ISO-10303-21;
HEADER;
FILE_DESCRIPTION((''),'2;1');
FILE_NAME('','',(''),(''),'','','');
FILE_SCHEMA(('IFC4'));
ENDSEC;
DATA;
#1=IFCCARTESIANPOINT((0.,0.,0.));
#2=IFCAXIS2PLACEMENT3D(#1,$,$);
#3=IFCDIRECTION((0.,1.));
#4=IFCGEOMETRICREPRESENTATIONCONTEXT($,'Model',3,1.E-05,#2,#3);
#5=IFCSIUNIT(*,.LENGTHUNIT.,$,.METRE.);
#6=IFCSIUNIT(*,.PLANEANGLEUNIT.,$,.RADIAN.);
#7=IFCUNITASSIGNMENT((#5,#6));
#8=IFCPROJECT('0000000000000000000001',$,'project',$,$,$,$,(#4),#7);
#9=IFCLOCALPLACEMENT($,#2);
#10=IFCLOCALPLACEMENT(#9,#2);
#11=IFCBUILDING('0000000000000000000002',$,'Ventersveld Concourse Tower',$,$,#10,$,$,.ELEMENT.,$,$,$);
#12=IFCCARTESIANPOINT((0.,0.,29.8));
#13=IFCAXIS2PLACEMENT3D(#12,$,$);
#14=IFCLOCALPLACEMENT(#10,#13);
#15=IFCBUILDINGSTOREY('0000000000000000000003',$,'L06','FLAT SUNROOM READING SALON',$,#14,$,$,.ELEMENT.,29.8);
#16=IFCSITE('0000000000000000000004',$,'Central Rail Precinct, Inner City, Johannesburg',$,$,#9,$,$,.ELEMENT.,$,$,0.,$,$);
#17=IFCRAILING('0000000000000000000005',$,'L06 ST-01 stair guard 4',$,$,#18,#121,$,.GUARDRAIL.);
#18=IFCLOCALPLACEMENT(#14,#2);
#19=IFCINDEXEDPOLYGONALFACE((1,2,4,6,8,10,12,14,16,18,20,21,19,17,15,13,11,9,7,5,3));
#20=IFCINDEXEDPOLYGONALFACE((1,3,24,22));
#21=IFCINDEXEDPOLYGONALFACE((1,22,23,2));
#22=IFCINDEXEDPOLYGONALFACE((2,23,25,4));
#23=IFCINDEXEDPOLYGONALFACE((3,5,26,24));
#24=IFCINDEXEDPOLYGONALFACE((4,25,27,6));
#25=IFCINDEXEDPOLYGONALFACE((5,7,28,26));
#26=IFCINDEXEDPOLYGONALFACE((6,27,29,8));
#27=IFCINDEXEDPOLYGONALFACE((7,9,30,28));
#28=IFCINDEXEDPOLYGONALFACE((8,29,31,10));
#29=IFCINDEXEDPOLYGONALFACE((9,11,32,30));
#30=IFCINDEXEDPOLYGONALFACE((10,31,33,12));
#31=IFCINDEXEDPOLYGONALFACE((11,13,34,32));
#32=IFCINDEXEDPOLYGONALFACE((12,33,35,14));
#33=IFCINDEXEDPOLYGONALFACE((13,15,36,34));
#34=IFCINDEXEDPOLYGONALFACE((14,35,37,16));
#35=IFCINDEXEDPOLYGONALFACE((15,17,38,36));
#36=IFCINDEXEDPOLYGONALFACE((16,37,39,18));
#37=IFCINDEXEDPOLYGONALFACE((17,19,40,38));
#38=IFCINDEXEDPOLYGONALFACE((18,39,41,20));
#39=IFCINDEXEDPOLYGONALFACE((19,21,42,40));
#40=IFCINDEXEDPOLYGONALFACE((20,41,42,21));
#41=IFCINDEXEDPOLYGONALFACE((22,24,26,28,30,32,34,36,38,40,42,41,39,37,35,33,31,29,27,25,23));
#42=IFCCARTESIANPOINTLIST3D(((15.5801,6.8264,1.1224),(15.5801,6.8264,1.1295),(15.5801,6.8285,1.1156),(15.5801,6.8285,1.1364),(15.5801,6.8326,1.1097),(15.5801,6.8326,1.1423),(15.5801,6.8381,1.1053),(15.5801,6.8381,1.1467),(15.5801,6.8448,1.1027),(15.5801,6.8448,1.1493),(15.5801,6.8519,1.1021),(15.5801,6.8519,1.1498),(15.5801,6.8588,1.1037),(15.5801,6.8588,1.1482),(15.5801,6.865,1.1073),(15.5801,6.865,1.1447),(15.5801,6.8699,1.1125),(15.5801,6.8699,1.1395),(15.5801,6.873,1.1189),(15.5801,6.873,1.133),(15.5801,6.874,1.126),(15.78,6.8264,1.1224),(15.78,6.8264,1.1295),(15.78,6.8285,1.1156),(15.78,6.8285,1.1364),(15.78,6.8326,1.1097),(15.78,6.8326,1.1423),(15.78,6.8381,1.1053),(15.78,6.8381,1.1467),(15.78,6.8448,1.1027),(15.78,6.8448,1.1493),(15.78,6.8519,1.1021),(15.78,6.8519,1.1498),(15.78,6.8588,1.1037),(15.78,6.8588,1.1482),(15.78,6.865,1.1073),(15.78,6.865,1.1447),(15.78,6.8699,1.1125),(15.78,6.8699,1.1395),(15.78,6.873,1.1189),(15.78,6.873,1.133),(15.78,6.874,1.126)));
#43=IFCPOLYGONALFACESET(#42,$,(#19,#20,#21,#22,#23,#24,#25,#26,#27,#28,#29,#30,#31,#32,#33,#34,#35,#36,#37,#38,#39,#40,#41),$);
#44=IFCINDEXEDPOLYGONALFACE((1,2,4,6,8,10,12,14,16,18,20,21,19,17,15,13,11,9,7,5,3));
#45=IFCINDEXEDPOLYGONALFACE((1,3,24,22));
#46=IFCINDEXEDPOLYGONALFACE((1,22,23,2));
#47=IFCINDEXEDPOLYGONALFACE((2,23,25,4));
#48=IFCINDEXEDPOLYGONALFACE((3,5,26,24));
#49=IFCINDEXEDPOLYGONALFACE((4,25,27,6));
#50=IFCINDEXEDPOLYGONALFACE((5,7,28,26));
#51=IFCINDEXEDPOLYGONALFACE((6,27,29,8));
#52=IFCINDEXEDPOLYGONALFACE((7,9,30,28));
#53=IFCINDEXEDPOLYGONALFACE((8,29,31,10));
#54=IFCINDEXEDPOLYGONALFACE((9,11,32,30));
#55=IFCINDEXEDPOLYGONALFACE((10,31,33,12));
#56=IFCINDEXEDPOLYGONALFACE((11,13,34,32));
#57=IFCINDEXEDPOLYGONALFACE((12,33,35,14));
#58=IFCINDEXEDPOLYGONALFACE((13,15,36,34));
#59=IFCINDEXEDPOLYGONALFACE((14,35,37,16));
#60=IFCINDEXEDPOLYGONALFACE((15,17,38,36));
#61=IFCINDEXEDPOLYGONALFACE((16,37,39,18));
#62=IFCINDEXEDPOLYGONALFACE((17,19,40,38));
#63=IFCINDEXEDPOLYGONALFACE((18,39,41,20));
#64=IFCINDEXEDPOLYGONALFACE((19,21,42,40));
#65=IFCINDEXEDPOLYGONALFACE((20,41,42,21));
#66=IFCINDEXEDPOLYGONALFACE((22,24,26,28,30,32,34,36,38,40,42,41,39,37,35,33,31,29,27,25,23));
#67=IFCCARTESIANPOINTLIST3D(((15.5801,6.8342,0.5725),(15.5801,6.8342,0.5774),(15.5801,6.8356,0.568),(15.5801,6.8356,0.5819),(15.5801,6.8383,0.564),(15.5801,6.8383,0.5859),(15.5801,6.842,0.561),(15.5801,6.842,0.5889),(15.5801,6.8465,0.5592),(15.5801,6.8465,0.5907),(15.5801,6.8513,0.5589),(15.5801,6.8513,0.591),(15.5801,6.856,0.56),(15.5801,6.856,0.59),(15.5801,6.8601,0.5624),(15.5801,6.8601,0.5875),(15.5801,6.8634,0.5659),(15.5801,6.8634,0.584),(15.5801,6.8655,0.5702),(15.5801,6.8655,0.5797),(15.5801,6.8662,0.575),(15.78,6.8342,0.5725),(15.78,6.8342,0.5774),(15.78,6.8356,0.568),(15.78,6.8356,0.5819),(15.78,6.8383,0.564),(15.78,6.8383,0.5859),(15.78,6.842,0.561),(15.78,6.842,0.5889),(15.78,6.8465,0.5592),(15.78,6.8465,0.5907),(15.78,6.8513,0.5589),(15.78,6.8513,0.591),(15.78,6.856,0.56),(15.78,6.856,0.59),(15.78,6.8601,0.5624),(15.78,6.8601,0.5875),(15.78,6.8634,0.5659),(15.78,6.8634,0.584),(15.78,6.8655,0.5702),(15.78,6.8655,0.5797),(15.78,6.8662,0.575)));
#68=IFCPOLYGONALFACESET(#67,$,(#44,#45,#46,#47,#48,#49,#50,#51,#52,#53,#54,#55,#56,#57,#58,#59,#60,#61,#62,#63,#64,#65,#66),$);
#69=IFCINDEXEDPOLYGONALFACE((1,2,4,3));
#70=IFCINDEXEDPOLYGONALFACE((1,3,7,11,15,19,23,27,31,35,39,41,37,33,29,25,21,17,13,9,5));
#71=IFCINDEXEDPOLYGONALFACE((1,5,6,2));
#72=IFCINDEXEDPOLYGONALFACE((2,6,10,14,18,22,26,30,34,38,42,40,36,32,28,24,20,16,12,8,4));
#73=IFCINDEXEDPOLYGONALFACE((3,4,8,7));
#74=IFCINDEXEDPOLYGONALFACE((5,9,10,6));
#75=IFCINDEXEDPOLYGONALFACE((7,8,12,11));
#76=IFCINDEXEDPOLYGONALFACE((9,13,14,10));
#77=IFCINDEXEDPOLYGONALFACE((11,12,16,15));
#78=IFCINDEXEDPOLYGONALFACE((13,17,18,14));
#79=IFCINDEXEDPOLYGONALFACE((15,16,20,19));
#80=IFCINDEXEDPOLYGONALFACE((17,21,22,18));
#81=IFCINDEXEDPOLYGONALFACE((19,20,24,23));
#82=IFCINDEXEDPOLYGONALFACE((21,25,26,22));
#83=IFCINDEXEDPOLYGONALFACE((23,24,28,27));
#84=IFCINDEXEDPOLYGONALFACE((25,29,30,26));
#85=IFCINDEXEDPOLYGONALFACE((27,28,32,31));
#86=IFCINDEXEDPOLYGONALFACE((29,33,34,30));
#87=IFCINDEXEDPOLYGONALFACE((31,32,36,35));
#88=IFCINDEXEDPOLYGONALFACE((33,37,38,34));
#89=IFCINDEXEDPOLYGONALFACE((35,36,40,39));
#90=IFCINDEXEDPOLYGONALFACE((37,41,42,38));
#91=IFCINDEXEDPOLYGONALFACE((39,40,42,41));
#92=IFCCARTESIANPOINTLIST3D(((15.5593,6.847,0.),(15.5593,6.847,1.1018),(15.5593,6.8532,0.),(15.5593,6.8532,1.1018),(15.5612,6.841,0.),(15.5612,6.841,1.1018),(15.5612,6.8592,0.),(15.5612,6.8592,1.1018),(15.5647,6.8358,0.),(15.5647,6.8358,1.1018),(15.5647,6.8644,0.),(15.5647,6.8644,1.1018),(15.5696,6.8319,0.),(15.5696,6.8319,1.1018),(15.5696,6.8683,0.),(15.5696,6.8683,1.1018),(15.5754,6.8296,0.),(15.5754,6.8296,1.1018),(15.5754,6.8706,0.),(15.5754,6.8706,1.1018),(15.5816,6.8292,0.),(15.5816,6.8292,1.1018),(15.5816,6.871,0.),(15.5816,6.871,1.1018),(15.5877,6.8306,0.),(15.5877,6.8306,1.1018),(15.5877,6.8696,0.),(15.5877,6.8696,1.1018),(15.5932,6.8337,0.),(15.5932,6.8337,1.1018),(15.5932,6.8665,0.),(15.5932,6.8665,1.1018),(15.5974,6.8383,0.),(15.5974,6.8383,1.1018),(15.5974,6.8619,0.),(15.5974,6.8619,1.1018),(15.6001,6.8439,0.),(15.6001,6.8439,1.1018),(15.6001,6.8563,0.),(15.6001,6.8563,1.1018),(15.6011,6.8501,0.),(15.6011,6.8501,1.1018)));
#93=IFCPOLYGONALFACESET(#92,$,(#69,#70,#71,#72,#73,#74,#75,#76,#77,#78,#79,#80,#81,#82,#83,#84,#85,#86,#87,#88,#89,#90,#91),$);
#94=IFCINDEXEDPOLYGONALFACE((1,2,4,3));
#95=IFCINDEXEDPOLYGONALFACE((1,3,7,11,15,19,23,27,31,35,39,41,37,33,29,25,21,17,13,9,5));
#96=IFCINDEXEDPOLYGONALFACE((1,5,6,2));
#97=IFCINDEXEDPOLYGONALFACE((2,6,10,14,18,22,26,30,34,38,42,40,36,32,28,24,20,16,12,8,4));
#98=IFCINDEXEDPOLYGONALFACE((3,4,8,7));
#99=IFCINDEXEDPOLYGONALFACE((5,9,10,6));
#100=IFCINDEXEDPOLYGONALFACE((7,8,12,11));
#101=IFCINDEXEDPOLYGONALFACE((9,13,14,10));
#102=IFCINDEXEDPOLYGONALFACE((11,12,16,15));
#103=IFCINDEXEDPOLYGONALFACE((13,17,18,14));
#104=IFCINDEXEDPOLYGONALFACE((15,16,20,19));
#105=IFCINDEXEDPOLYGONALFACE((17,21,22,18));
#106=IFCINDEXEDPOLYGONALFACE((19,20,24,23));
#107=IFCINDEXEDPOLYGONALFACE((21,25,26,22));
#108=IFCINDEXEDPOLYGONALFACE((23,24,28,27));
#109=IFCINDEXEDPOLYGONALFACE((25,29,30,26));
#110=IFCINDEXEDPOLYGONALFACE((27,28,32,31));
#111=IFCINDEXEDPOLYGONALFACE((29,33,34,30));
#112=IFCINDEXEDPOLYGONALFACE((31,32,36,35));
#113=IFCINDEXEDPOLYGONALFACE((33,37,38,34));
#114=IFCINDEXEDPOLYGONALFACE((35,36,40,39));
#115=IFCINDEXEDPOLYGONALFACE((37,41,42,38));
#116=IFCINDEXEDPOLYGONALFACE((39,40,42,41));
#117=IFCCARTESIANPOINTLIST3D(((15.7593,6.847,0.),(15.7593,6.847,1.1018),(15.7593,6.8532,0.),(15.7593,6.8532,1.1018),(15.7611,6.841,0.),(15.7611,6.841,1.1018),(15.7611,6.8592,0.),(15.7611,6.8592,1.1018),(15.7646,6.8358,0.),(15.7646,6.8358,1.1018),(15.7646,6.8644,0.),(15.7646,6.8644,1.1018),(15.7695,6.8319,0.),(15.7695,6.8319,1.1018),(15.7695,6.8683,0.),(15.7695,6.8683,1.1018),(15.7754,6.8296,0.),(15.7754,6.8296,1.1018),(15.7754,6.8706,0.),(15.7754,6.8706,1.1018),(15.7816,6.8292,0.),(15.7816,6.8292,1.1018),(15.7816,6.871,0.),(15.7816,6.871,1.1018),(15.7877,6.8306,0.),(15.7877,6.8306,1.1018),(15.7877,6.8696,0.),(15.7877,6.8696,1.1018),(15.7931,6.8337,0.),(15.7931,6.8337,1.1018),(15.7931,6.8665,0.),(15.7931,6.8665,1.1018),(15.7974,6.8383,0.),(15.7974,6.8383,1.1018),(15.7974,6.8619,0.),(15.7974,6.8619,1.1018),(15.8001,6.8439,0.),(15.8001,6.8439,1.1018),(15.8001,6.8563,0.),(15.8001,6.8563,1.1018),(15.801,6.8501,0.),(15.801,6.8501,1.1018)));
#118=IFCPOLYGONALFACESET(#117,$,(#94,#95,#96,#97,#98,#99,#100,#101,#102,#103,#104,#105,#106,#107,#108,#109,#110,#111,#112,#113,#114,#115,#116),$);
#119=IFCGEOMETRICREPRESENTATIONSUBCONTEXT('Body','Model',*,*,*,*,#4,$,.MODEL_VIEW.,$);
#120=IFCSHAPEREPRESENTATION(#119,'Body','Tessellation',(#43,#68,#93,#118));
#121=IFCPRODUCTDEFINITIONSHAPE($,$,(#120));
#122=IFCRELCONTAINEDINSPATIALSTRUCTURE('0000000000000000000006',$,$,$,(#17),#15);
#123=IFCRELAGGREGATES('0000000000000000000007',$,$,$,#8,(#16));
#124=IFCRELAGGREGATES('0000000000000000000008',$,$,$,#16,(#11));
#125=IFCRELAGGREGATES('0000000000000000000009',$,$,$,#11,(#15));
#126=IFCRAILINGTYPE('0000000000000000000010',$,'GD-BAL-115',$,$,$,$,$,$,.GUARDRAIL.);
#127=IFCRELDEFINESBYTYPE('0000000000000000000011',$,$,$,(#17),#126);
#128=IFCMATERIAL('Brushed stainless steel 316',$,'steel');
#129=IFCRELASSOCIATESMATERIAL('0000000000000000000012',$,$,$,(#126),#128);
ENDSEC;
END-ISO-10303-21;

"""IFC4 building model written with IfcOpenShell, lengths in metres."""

from ifc_helpers import new_model, si_unit, direction, frame, origin, origin_2d, place, context, subcontext, project, spatial, circle, extrude, material, type_object, element, save


model = new_model("IFC4")

# Units and contexts
model_context = context("Model", 3, precision=1e-05, world=origin(), true_north=direction((0.0, 1.0)))
body_context = subcontext(model_context, "Body", "Model", "MODEL_VIEW")
ifc_project = project(units=[si_unit("LENGTHUNIT", "METRE"), si_unit("PLANEANGLEUNIT", "RADIAN")], contexts=[model_context])

# Site, building, storey
site_placement = place(None, origin())
site = spatial("IfcSite", under=ifc_project, at=site_placement, Name="Central Rail Precinct, Inner City, Johannesburg", CompositionType="ELEMENT", RefElevation=0.0)
building_placement = place(site_placement, origin())
building = spatial("IfcBuilding", under=site, at=building_placement, Name="Ventersveld Concourse Tower", CompositionType="ELEMENT")
storey_placement = place(building_placement, frame((0.0, 0.0, 29.8)))
storey = spatial("IfcBuildingStorey", under=building, at=storey_placement, Name="L06", Description="FLAT SUNROOM READING SALON", CompositionType="ELEMENT", Elevation=29.8)

# Shared definitions
ifc_material_1 = material(Name="Brushed stainless steel 316", Category="steel")

# Railing
railing_type_1 = type_object("IfcRailingType", Name="GD-BAL-115", PredefinedType="GUARDRAIL", material=ifc_material_1)
railing_1_placement = place(storey_placement, frame((15.5801, 6.8501, 0.0)))
element("IfcRailing", 1, at=railing_1_placement, inside=storey, type_object=railing_type_1, Name="L06 ST-01 stair guard 4", PredefinedType="GUARDRAIL", context=body_context, shape_type="SweptSolid", body=[
    extrude(circle(Radius=0.0239, at=origin_2d()), frame((0.0, 0.0, 1.126), z_axis=(1.0, 0.0, 0.0), x_axis=(0.0, 1.0, 0.0)), (0.0, 0.0, 1.0), 0.2),
    extrude(circle(Radius=0.0161, at=origin_2d()), frame((0.0, 0.0, 0.575), z_axis=(1.0, 0.0, 0.0), x_axis=(0.0, 1.0, 0.0)), (0.0, 0.0, 1.0), 0.2),
    extrude(circle(Radius=0.021, at=origin_2d()), origin(), (0.0, 0.0, 1.0), 1.1018),
    extrude(circle(Radius=0.021, at=origin_2d()), frame((0.2, 0.0, 0.0)), (0.0, 0.0, 1.0), 1.1018),
])

save(model, "model.ifc")
